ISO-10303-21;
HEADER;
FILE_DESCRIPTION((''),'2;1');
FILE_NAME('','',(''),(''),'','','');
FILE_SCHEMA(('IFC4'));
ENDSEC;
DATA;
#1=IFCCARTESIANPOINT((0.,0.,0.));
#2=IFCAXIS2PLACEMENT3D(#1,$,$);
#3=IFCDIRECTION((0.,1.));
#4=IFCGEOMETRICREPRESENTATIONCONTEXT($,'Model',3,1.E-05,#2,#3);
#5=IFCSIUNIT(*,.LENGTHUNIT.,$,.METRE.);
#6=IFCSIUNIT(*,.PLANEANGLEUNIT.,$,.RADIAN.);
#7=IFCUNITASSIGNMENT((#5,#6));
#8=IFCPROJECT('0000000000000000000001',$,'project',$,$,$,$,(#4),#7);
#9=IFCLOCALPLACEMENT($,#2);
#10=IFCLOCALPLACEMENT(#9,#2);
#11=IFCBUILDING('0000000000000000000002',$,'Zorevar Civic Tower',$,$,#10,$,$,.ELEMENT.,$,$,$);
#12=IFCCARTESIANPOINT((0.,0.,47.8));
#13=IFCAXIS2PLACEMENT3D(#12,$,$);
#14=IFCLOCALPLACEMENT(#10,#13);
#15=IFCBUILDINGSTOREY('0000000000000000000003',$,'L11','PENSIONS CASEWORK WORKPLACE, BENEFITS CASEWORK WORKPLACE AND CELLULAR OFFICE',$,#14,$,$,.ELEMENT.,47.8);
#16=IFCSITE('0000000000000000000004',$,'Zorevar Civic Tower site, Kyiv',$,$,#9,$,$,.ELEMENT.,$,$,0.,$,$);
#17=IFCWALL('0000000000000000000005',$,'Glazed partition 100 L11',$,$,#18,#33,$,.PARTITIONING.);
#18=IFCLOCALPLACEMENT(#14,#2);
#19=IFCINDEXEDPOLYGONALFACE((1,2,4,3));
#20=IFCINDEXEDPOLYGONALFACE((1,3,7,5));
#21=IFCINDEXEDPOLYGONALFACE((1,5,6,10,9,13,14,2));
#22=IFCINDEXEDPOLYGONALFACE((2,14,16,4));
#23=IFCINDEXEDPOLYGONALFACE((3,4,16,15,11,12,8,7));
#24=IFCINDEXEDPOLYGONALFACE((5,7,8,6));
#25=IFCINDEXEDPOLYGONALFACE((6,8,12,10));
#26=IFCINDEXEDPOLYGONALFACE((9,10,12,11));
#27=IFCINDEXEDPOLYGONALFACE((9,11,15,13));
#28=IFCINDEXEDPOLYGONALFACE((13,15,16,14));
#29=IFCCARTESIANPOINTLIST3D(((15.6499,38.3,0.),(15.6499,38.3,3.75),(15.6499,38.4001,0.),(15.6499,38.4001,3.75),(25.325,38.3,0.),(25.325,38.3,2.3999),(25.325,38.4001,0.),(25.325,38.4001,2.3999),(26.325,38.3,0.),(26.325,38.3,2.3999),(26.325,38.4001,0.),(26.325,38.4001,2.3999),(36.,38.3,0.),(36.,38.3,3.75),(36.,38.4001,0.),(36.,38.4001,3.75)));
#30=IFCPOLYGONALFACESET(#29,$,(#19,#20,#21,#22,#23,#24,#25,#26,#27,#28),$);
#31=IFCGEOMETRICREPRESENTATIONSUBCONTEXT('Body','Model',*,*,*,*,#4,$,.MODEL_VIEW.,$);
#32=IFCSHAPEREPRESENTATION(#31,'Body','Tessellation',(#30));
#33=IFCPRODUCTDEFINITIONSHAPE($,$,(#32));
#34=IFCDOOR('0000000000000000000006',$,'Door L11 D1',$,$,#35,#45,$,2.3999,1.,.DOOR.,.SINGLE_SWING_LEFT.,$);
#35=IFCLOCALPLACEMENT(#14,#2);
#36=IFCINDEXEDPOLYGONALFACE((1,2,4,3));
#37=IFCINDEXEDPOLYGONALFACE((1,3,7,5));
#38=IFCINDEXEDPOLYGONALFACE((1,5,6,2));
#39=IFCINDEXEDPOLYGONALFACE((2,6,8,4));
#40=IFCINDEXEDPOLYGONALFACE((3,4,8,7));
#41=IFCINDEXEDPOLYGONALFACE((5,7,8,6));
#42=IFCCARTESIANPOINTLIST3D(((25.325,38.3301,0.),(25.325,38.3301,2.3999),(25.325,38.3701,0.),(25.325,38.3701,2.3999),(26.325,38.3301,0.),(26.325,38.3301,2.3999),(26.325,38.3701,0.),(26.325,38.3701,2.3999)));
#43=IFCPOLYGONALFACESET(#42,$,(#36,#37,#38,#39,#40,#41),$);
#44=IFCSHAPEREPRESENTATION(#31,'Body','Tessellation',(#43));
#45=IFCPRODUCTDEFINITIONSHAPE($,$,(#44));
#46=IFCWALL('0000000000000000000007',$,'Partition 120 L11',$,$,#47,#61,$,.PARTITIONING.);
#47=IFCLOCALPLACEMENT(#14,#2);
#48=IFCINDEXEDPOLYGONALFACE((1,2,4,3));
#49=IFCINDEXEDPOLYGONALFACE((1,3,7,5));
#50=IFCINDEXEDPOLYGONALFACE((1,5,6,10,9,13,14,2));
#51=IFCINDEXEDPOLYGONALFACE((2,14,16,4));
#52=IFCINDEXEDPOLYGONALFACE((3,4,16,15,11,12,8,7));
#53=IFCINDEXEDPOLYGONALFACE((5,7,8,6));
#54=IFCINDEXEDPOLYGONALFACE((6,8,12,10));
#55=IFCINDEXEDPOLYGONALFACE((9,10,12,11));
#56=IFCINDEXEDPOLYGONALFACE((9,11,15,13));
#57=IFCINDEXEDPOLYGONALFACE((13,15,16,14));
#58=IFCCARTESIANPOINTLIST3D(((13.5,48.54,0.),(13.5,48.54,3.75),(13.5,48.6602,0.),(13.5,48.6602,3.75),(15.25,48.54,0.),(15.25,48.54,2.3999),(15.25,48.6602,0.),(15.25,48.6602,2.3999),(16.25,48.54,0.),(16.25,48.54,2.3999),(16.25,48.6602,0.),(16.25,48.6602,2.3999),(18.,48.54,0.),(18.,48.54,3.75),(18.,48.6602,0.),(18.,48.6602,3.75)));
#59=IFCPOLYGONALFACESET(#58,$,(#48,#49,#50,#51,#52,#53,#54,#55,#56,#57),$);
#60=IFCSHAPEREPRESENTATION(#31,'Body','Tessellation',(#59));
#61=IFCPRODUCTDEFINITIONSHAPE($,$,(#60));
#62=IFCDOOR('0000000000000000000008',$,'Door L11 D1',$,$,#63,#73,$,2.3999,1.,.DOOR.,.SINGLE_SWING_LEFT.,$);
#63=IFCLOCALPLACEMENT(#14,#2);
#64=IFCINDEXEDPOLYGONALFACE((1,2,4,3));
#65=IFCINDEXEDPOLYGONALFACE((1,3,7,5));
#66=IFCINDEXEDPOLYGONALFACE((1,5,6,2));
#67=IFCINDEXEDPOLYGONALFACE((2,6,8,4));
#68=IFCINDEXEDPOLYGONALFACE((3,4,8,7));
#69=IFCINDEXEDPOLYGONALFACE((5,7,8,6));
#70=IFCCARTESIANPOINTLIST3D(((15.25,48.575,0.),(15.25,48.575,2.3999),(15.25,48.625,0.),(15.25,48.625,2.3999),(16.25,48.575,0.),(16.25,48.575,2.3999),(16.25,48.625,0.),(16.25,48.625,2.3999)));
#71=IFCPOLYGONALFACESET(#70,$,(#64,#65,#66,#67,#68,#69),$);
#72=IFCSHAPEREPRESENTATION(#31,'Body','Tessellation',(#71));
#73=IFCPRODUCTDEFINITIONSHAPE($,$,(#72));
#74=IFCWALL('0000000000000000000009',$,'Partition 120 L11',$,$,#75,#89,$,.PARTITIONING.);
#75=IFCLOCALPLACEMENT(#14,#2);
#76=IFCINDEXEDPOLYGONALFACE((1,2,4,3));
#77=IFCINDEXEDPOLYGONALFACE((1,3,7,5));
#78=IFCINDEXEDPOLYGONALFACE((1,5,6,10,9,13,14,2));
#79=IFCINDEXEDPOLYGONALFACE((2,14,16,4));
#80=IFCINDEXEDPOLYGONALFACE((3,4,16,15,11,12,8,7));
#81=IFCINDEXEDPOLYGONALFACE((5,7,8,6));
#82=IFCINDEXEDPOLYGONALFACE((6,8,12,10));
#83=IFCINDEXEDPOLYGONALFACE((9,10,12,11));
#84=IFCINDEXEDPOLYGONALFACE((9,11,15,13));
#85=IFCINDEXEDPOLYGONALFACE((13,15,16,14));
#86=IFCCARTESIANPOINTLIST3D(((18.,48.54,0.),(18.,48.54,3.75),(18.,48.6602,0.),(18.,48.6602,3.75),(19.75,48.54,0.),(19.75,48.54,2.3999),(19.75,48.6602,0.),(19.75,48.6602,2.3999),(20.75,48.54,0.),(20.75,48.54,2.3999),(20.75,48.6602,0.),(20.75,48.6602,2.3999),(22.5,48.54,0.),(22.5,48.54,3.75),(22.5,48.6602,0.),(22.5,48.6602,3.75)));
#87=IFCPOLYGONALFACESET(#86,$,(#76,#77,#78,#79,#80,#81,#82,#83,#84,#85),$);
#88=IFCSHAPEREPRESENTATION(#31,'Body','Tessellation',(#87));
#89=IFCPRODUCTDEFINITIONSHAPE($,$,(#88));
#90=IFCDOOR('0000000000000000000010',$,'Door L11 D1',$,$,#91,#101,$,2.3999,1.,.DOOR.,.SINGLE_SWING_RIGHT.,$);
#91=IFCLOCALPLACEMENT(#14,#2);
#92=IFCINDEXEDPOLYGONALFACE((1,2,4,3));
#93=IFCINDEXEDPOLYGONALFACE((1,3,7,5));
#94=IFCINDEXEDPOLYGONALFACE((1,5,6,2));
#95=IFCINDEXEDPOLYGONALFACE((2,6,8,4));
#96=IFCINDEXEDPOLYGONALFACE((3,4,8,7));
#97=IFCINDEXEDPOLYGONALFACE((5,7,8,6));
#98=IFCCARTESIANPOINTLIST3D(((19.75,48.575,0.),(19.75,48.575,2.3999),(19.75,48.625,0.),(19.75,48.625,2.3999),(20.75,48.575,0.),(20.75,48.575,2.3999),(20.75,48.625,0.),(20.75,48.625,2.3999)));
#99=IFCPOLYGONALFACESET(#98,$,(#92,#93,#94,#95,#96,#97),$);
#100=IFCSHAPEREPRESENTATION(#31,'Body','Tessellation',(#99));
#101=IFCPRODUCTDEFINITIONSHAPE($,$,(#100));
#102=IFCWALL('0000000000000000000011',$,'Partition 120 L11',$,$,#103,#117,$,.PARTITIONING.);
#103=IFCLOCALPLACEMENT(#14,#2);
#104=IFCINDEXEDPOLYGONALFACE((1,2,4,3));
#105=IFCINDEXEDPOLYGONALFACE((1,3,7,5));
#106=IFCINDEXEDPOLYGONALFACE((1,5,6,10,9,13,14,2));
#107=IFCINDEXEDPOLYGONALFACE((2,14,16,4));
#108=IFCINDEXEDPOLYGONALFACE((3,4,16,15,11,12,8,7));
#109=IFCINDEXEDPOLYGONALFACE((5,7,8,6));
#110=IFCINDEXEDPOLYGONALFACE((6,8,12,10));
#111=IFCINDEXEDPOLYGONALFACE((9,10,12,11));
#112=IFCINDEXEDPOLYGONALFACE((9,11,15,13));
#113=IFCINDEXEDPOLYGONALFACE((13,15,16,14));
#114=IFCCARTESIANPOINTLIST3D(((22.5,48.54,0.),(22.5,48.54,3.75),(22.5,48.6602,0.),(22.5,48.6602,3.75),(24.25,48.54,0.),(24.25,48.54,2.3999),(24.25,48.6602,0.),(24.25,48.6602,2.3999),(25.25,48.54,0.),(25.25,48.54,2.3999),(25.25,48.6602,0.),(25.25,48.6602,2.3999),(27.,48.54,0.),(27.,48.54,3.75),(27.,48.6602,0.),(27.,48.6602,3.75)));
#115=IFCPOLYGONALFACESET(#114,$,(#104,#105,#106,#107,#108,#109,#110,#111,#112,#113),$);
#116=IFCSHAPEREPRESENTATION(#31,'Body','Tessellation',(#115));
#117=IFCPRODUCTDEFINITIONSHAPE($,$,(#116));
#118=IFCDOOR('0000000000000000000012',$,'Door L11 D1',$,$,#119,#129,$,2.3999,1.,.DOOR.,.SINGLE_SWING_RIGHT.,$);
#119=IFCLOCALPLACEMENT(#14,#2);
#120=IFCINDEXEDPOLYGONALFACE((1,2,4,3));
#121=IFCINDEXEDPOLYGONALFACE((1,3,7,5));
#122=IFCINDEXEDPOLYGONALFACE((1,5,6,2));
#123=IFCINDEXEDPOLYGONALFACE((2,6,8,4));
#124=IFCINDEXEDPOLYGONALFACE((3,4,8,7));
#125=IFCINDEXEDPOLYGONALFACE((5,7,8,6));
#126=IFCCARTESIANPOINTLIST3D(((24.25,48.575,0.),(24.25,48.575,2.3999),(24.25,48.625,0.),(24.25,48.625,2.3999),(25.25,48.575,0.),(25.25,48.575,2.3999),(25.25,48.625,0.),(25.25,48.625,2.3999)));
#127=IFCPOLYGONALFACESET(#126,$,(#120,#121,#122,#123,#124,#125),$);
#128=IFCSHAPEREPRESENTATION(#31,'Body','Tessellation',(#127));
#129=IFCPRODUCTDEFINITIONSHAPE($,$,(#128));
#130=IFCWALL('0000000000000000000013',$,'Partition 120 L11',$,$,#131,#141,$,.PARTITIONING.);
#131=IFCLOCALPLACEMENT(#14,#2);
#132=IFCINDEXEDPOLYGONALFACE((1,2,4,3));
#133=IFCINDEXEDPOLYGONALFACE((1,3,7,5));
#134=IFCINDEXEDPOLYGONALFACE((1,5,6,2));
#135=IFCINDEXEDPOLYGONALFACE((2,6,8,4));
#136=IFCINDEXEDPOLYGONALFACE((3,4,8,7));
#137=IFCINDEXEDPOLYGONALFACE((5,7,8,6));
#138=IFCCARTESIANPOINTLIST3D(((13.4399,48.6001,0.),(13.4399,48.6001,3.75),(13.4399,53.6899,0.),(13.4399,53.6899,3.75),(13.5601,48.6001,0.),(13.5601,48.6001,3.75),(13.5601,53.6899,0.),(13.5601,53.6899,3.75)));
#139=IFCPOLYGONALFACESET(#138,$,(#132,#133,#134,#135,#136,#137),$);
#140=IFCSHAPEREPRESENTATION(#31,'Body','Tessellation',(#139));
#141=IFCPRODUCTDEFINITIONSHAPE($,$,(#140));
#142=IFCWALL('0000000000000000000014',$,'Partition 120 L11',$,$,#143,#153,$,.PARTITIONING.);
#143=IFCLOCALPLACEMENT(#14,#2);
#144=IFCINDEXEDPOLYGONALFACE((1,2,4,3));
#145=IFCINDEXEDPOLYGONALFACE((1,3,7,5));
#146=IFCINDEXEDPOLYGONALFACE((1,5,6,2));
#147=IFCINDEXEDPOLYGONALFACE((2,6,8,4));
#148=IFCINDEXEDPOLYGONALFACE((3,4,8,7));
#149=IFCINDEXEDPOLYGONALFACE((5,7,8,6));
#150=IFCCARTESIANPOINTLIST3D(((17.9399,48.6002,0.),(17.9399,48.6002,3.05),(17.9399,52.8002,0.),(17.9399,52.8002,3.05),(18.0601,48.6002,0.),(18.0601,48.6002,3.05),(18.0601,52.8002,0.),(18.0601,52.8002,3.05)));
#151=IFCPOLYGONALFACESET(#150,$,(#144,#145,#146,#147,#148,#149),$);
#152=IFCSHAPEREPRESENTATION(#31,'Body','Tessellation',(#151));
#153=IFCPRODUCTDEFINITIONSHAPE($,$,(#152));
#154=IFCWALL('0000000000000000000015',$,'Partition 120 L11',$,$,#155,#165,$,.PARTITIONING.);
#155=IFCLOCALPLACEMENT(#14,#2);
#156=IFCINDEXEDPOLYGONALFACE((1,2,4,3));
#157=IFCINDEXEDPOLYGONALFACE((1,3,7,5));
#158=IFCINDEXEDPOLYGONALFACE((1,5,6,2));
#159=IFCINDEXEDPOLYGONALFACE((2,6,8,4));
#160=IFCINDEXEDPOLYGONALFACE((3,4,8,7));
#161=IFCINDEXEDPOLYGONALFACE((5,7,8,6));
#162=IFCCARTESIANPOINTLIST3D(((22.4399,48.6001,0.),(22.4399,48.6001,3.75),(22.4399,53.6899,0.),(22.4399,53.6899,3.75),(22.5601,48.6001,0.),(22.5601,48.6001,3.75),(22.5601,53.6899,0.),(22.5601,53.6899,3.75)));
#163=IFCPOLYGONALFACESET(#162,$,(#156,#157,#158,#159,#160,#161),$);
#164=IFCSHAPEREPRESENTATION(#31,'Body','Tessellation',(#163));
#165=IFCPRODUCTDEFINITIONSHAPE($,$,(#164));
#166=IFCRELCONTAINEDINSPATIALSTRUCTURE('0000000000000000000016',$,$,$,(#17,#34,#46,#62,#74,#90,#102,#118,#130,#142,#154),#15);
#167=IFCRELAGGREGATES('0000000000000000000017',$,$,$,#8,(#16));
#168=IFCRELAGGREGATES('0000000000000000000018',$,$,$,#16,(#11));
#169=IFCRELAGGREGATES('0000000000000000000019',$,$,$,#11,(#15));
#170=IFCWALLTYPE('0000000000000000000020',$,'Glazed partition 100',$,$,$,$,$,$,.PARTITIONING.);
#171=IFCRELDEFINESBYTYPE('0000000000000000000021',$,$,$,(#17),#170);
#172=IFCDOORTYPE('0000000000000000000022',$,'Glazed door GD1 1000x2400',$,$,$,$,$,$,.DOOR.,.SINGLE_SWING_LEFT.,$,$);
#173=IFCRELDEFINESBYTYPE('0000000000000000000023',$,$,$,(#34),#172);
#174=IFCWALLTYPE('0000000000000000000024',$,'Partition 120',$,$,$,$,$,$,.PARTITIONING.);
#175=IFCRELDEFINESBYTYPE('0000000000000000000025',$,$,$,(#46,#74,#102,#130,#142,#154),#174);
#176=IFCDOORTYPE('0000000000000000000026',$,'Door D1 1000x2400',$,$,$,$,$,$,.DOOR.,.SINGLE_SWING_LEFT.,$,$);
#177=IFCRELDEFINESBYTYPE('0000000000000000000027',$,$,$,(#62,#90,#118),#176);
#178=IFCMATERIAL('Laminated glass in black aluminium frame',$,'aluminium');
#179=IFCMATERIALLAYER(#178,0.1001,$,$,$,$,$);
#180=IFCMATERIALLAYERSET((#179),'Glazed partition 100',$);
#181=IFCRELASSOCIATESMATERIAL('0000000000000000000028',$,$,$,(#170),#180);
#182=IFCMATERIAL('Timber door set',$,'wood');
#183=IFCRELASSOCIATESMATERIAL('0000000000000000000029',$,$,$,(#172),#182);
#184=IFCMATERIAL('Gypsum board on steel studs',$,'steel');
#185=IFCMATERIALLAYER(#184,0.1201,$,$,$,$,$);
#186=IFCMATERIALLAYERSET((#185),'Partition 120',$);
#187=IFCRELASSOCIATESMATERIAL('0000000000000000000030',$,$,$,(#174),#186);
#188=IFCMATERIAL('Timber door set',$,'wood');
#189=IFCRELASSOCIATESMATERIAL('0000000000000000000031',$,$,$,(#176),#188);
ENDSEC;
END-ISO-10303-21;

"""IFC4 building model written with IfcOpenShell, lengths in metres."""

from ifc_helpers import new_model, si_unit, direction, frame, frame_2d, origin, place, context, subcontext, project, spatial, rectangle, extrude, material, layer, layer_set, type_object, element, fill, save


model = new_model("IFC4")

# Units and contexts
model_context = context("Model", 3, precision=1e-05, world=origin(), true_north=direction((0.0, 1.0)))
body_context = subcontext(model_context, "Body", "Model", "MODEL_VIEW")
ifc_project = project(units=[si_unit("LENGTHUNIT", "METRE"), si_unit("PLANEANGLEUNIT", "RADIAN")], contexts=[model_context])

# Site, building, storey
site_placement = place(None, origin())
site = spatial("IfcSite", under=ifc_project, at=site_placement, Name="Zorevar Civic Tower site, Kyiv", CompositionType="ELEMENT", RefElevation=0.0)
building_placement = place(site_placement, origin())
building = spatial("IfcBuilding", under=site, at=building_placement, Name="Zorevar Civic Tower", CompositionType="ELEMENT")
storey_placement = place(building_placement, frame((0.0, 0.0, 47.8)))
storey = spatial("IfcBuildingStorey", under=building, at=storey_placement, Name="L11", Description="PENSIONS CASEWORK WORKPLACE, BENEFITS CASEWORK WORKPLACE AND CELLULAR OFFICE", CompositionType="ELEMENT", Elevation=47.8)

# Walls, openings, doors
ifc_material_1 = material(Name="Laminated glass in black aluminium frame", Category="aluminium")
ifc_layer_1 = layer(ifc_material_1, 0.1001)
ifc_layer_set_1 = layer_set([ifc_layer_1], Name="Glazed partition 100")
wall_type_1 = type_object("IfcWallType", Name="Glazed partition 100", PredefinedType="PARTITIONING", material=ifc_layer_set_1)
wall_1_placement = place(storey_placement, frame((15.6499, 38.3501, 0.0), z_axis=(0.0, 0.0, 1.0), x_axis=(1.0, 0.0, 0.0)))
wall_1 = element("IfcWall", 1, at=wall_1_placement, inside=storey, type_object=wall_type_1, Name="Glazed partition 100 L11", PredefinedType="PARTITIONING", context=body_context, shape_type="SweptSolid", body=[
    extrude(rectangle(XDim=20.3501, YDim=0.1001, at=frame_2d((10.175, 0.0))), origin(), (0.0, 0.0, 1.0), 3.75),
])
opening_1_placement = place(wall_1_placement, frame((9.675, 0.0, 0.0)))
opening_1 = element("IfcOpeningElement", 2, at=opening_1_placement, cuts=wall_1, PredefinedType="OPENING", context=body_context, shape_type="SweptSolid", body=[
    extrude(rectangle(XDim=1.0, YDim=2.3999, at=frame_2d((0.5, 1.2))), frame((0.0, 0.0601, 0.0), z_axis=(0.0, -1.0, 0.0), x_axis=(1.0, 0.0, 0.0)), (0.0, 0.0, 1.0), 0.1201),
])
ifc_material_2 = material(Name="Timber door set", Category="wood")
door_type_1 = type_object("IfcDoorType", Name="Glazed door GD1 1000x2400", OperationType="SINGLE_SWING_LEFT", PredefinedType="DOOR", material=ifc_material_2)
door_1_placement = place(opening_1_placement, origin())
door_1 = element("IfcDoor", 3, at=door_1_placement, inside=storey, type_object=door_type_1, Name="Door L11 D1", OperationType="SINGLE_SWING_LEFT", OverallHeight=2.3999, OverallWidth=1.0, PredefinedType="DOOR", context=body_context, shape_type="SweptSolid", body=[
    extrude(rectangle(XDim=1.0, YDim=2.3999, at=frame_2d((0.5, 1.2))), frame((0.0, 0.02, 0.0), z_axis=(0.0, -1.0, 0.0), x_axis=(1.0, 0.0, 0.0)), (0.0, 0.0, 1.0), 0.04),
])
fill(opening_1, door_1)
ifc_material_3 = material(Name="Gypsum board on steel studs", Category="steel")
ifc_layer_2 = layer(ifc_material_3, 0.1201)
ifc_layer_set_2 = layer_set([ifc_layer_2], Name="Partition 120")
wall_type_2 = type_object("IfcWallType", Name="Partition 120", PredefinedType="PARTITIONING", material=ifc_layer_set_2)
wall_2_placement = place(storey_placement, frame((13.5, 48.6001, 0.0), z_axis=(0.0, 0.0, 1.0), x_axis=(1.0, 0.0, 0.0)))
wall_2 = element("IfcWall", 4, at=wall_2_placement, inside=storey, type_object=wall_type_2, Name="Partition 120 L11", PredefinedType="PARTITIONING", context=body_context, shape_type="SweptSolid", body=[
    extrude(rectangle(XDim=4.5, YDim=0.1201, at=frame_2d((2.25, 0.0))), origin(), (0.0, 0.0, 1.0), 3.75),
])
opening_2_placement = place(wall_2_placement, frame((1.75, 0.0, 0.0)))
opening_2 = element("IfcOpeningElement", 5, at=opening_2_placement, cuts=wall_2, PredefinedType="OPENING", context=body_context, shape_type="SweptSolid", body=[
    extrude(rectangle(XDim=1.0, YDim=2.3999, at=frame_2d((0.5, 1.2))), frame((0.0, 0.0701, 0.0), z_axis=(0.0, -1.0, 0.0), x_axis=(1.0, 0.0, 0.0)), (0.0, 0.0, 1.0), 0.1401),
])
ifc_material_4 = material(Name="Timber door set", Category="wood")
door_type_2 = type_object("IfcDoorType", Name="Door D1 1000x2400", OperationType="SINGLE_SWING_LEFT", PredefinedType="DOOR", material=ifc_material_4)
door_2_placement = place(opening_2_placement, origin())
door_2 = element("IfcDoor", 6, at=door_2_placement, inside=storey, type_object=door_type_2, Name="Door L11 D1", OperationType="SINGLE_SWING_LEFT", OverallHeight=2.3999, OverallWidth=1.0, PredefinedType="DOOR", context=body_context, shape_type="SweptSolid", body=[
    extrude(rectangle(XDim=1.0, YDim=2.3999, at=frame_2d((0.5, 1.2))), frame((0.0, 0.0249, 0.0), z_axis=(0.0, -1.0, 0.0), x_axis=(1.0, 0.0, 0.0)), (0.0, 0.0, 1.0), 0.05),
])
fill(opening_2, door_2)
wall_3_placement = place(storey_placement, frame((18.0, 48.6001, 0.0), z_axis=(0.0, 0.0, 1.0), x_axis=(1.0, 0.0, 0.0)))
wall_3 = element("IfcWall", 7, at=wall_3_placement, inside=storey, type_object=wall_type_2, Name="Partition 120 L11", PredefinedType="PARTITIONING", context=body_context, shape_type="SweptSolid", body=[
    extrude(rectangle(XDim=4.5, YDim=0.1201, at=frame_2d((2.25, 0.0))), origin(), (0.0, 0.0, 1.0), 3.75),
])
opening_3_placement = place(wall_3_placement, frame((1.75, 0.0, 0.0)))
opening_3 = element("IfcOpeningElement", 8, at=opening_3_placement, cuts=wall_3, PredefinedType="OPENING", context=body_context, shape_type="SweptSolid", body=[
    extrude(rectangle(XDim=1.0, YDim=2.3999, at=frame_2d((0.5, 1.2))), frame((0.0, 0.0701, 0.0), z_axis=(0.0, -1.0, 0.0), x_axis=(1.0, 0.0, 0.0)), (0.0, 0.0, 1.0), 0.1401),
])
door_3_placement = place(opening_3_placement, origin())
door_3 = element("IfcDoor", 9, at=door_3_placement, inside=storey, type_object=door_type_2, Name="Door L11 D1", OperationType="SINGLE_SWING_RIGHT", OverallHeight=2.3999, OverallWidth=1.0, PredefinedType="DOOR", context=body_context, shape_type="SweptSolid", body=[
    extrude(rectangle(XDim=1.0, YDim=2.3999, at=frame_2d((0.5, 1.2))), frame((0.0, 0.0249, 0.0), z_axis=(0.0, -1.0, 0.0), x_axis=(1.0, 0.0, 0.0)), (0.0, 0.0, 1.0), 0.05),
])
fill(opening_3, door_3)
wall_4_placement = place(storey_placement, frame((22.5, 48.6001, 0.0), z_axis=(0.0, 0.0, 1.0), x_axis=(1.0, 0.0, 0.0)))
wall_4 = element("IfcWall", 10, at=wall_4_placement, inside=storey, type_object=wall_type_2, Name="Partition 120 L11", PredefinedType="PARTITIONING", context=body_context, shape_type="SweptSolid", body=[
    extrude(rectangle(XDim=4.5, YDim=0.1201, at=frame_2d((2.25, 0.0))), origin(), (0.0, 0.0, 1.0), 3.75),
])
opening_4_placement = place(wall_4_placement, frame((1.75, 0.0, 0.0)))
opening_4 = element("IfcOpeningElement", 11, at=opening_4_placement, cuts=wall_4, PredefinedType="OPENING", context=body_context, shape_type="SweptSolid", body=[
    extrude(rectangle(XDim=1.0, YDim=2.3999, at=frame_2d((0.5, 1.2))), frame((0.0, 0.0701, 0.0), z_axis=(0.0, -1.0, 0.0), x_axis=(1.0, 0.0, 0.0)), (0.0, 0.0, 1.0), 0.1401),
])
door_4_placement = place(opening_4_placement, origin())
door_4 = element("IfcDoor", 12, at=door_4_placement, inside=storey, type_object=door_type_2, Name="Door L11 D1", OperationType="SINGLE_SWING_RIGHT", OverallHeight=2.3999, OverallWidth=1.0, PredefinedType="DOOR", context=body_context, shape_type="SweptSolid", body=[
    extrude(rectangle(XDim=1.0, YDim=2.3999, at=frame_2d((0.5, 1.2))), frame((0.0, 0.0249, 0.0), z_axis=(0.0, -1.0, 0.0), x_axis=(1.0, 0.0, 0.0)), (0.0, 0.0, 1.0), 0.05),
])
fill(opening_4, door_4)

# Walls
wall_5_placement = place(storey_placement, frame((13.5, 48.6001, 0.0), z_axis=(0.0, 0.0, 1.0), x_axis=(0.0, 1.0, 0.0)))
element("IfcWall", 13, at=wall_5_placement, inside=storey, type_object=wall_type_2, Name="Partition 120 L11", PredefinedType="PARTITIONING", context=body_context, shape_type="SweptSolid", body=[
    extrude(rectangle(XDim=5.0898, YDim=0.1201, at=frame_2d((2.5449, 0.0))), origin(), (0.0, 0.0, 1.0), 3.75),
])
wall_6_placement = place(storey_placement, frame((18.0, 48.6001, 0.0), z_axis=(0.0, 0.0, 1.0), x_axis=(0.0, 1.0, 0.0)))
element("IfcWall", 14, at=wall_6_placement, inside=storey, type_object=wall_type_2, Name="Partition 120 L11", PredefinedType="PARTITIONING", context=body_context, shape_type="SweptSolid", body=[
    extrude(rectangle(XDim=4.2, YDim=0.1201, at=frame_2d((2.1001, 0.0))), origin(), (0.0, 0.0, 1.0), 3.05),
])
wall_7_placement = place(storey_placement, frame((22.5, 48.6001, 0.0), z_axis=(0.0, 0.0, 1.0), x_axis=(0.0, 1.0, 0.0)))
element("IfcWall", 15, at=wall_7_placement, inside=storey, type_object=wall_type_2, Name="Partition 120 L11", PredefinedType="PARTITIONING", context=body_context, shape_type="SweptSolid", body=[
    extrude(rectangle(XDim=5.0898, YDim=0.1201, at=frame_2d((2.5449, 0.0))), origin(), (0.0, 0.0, 1.0), 3.75),
])

save(model, "model.ifc")
